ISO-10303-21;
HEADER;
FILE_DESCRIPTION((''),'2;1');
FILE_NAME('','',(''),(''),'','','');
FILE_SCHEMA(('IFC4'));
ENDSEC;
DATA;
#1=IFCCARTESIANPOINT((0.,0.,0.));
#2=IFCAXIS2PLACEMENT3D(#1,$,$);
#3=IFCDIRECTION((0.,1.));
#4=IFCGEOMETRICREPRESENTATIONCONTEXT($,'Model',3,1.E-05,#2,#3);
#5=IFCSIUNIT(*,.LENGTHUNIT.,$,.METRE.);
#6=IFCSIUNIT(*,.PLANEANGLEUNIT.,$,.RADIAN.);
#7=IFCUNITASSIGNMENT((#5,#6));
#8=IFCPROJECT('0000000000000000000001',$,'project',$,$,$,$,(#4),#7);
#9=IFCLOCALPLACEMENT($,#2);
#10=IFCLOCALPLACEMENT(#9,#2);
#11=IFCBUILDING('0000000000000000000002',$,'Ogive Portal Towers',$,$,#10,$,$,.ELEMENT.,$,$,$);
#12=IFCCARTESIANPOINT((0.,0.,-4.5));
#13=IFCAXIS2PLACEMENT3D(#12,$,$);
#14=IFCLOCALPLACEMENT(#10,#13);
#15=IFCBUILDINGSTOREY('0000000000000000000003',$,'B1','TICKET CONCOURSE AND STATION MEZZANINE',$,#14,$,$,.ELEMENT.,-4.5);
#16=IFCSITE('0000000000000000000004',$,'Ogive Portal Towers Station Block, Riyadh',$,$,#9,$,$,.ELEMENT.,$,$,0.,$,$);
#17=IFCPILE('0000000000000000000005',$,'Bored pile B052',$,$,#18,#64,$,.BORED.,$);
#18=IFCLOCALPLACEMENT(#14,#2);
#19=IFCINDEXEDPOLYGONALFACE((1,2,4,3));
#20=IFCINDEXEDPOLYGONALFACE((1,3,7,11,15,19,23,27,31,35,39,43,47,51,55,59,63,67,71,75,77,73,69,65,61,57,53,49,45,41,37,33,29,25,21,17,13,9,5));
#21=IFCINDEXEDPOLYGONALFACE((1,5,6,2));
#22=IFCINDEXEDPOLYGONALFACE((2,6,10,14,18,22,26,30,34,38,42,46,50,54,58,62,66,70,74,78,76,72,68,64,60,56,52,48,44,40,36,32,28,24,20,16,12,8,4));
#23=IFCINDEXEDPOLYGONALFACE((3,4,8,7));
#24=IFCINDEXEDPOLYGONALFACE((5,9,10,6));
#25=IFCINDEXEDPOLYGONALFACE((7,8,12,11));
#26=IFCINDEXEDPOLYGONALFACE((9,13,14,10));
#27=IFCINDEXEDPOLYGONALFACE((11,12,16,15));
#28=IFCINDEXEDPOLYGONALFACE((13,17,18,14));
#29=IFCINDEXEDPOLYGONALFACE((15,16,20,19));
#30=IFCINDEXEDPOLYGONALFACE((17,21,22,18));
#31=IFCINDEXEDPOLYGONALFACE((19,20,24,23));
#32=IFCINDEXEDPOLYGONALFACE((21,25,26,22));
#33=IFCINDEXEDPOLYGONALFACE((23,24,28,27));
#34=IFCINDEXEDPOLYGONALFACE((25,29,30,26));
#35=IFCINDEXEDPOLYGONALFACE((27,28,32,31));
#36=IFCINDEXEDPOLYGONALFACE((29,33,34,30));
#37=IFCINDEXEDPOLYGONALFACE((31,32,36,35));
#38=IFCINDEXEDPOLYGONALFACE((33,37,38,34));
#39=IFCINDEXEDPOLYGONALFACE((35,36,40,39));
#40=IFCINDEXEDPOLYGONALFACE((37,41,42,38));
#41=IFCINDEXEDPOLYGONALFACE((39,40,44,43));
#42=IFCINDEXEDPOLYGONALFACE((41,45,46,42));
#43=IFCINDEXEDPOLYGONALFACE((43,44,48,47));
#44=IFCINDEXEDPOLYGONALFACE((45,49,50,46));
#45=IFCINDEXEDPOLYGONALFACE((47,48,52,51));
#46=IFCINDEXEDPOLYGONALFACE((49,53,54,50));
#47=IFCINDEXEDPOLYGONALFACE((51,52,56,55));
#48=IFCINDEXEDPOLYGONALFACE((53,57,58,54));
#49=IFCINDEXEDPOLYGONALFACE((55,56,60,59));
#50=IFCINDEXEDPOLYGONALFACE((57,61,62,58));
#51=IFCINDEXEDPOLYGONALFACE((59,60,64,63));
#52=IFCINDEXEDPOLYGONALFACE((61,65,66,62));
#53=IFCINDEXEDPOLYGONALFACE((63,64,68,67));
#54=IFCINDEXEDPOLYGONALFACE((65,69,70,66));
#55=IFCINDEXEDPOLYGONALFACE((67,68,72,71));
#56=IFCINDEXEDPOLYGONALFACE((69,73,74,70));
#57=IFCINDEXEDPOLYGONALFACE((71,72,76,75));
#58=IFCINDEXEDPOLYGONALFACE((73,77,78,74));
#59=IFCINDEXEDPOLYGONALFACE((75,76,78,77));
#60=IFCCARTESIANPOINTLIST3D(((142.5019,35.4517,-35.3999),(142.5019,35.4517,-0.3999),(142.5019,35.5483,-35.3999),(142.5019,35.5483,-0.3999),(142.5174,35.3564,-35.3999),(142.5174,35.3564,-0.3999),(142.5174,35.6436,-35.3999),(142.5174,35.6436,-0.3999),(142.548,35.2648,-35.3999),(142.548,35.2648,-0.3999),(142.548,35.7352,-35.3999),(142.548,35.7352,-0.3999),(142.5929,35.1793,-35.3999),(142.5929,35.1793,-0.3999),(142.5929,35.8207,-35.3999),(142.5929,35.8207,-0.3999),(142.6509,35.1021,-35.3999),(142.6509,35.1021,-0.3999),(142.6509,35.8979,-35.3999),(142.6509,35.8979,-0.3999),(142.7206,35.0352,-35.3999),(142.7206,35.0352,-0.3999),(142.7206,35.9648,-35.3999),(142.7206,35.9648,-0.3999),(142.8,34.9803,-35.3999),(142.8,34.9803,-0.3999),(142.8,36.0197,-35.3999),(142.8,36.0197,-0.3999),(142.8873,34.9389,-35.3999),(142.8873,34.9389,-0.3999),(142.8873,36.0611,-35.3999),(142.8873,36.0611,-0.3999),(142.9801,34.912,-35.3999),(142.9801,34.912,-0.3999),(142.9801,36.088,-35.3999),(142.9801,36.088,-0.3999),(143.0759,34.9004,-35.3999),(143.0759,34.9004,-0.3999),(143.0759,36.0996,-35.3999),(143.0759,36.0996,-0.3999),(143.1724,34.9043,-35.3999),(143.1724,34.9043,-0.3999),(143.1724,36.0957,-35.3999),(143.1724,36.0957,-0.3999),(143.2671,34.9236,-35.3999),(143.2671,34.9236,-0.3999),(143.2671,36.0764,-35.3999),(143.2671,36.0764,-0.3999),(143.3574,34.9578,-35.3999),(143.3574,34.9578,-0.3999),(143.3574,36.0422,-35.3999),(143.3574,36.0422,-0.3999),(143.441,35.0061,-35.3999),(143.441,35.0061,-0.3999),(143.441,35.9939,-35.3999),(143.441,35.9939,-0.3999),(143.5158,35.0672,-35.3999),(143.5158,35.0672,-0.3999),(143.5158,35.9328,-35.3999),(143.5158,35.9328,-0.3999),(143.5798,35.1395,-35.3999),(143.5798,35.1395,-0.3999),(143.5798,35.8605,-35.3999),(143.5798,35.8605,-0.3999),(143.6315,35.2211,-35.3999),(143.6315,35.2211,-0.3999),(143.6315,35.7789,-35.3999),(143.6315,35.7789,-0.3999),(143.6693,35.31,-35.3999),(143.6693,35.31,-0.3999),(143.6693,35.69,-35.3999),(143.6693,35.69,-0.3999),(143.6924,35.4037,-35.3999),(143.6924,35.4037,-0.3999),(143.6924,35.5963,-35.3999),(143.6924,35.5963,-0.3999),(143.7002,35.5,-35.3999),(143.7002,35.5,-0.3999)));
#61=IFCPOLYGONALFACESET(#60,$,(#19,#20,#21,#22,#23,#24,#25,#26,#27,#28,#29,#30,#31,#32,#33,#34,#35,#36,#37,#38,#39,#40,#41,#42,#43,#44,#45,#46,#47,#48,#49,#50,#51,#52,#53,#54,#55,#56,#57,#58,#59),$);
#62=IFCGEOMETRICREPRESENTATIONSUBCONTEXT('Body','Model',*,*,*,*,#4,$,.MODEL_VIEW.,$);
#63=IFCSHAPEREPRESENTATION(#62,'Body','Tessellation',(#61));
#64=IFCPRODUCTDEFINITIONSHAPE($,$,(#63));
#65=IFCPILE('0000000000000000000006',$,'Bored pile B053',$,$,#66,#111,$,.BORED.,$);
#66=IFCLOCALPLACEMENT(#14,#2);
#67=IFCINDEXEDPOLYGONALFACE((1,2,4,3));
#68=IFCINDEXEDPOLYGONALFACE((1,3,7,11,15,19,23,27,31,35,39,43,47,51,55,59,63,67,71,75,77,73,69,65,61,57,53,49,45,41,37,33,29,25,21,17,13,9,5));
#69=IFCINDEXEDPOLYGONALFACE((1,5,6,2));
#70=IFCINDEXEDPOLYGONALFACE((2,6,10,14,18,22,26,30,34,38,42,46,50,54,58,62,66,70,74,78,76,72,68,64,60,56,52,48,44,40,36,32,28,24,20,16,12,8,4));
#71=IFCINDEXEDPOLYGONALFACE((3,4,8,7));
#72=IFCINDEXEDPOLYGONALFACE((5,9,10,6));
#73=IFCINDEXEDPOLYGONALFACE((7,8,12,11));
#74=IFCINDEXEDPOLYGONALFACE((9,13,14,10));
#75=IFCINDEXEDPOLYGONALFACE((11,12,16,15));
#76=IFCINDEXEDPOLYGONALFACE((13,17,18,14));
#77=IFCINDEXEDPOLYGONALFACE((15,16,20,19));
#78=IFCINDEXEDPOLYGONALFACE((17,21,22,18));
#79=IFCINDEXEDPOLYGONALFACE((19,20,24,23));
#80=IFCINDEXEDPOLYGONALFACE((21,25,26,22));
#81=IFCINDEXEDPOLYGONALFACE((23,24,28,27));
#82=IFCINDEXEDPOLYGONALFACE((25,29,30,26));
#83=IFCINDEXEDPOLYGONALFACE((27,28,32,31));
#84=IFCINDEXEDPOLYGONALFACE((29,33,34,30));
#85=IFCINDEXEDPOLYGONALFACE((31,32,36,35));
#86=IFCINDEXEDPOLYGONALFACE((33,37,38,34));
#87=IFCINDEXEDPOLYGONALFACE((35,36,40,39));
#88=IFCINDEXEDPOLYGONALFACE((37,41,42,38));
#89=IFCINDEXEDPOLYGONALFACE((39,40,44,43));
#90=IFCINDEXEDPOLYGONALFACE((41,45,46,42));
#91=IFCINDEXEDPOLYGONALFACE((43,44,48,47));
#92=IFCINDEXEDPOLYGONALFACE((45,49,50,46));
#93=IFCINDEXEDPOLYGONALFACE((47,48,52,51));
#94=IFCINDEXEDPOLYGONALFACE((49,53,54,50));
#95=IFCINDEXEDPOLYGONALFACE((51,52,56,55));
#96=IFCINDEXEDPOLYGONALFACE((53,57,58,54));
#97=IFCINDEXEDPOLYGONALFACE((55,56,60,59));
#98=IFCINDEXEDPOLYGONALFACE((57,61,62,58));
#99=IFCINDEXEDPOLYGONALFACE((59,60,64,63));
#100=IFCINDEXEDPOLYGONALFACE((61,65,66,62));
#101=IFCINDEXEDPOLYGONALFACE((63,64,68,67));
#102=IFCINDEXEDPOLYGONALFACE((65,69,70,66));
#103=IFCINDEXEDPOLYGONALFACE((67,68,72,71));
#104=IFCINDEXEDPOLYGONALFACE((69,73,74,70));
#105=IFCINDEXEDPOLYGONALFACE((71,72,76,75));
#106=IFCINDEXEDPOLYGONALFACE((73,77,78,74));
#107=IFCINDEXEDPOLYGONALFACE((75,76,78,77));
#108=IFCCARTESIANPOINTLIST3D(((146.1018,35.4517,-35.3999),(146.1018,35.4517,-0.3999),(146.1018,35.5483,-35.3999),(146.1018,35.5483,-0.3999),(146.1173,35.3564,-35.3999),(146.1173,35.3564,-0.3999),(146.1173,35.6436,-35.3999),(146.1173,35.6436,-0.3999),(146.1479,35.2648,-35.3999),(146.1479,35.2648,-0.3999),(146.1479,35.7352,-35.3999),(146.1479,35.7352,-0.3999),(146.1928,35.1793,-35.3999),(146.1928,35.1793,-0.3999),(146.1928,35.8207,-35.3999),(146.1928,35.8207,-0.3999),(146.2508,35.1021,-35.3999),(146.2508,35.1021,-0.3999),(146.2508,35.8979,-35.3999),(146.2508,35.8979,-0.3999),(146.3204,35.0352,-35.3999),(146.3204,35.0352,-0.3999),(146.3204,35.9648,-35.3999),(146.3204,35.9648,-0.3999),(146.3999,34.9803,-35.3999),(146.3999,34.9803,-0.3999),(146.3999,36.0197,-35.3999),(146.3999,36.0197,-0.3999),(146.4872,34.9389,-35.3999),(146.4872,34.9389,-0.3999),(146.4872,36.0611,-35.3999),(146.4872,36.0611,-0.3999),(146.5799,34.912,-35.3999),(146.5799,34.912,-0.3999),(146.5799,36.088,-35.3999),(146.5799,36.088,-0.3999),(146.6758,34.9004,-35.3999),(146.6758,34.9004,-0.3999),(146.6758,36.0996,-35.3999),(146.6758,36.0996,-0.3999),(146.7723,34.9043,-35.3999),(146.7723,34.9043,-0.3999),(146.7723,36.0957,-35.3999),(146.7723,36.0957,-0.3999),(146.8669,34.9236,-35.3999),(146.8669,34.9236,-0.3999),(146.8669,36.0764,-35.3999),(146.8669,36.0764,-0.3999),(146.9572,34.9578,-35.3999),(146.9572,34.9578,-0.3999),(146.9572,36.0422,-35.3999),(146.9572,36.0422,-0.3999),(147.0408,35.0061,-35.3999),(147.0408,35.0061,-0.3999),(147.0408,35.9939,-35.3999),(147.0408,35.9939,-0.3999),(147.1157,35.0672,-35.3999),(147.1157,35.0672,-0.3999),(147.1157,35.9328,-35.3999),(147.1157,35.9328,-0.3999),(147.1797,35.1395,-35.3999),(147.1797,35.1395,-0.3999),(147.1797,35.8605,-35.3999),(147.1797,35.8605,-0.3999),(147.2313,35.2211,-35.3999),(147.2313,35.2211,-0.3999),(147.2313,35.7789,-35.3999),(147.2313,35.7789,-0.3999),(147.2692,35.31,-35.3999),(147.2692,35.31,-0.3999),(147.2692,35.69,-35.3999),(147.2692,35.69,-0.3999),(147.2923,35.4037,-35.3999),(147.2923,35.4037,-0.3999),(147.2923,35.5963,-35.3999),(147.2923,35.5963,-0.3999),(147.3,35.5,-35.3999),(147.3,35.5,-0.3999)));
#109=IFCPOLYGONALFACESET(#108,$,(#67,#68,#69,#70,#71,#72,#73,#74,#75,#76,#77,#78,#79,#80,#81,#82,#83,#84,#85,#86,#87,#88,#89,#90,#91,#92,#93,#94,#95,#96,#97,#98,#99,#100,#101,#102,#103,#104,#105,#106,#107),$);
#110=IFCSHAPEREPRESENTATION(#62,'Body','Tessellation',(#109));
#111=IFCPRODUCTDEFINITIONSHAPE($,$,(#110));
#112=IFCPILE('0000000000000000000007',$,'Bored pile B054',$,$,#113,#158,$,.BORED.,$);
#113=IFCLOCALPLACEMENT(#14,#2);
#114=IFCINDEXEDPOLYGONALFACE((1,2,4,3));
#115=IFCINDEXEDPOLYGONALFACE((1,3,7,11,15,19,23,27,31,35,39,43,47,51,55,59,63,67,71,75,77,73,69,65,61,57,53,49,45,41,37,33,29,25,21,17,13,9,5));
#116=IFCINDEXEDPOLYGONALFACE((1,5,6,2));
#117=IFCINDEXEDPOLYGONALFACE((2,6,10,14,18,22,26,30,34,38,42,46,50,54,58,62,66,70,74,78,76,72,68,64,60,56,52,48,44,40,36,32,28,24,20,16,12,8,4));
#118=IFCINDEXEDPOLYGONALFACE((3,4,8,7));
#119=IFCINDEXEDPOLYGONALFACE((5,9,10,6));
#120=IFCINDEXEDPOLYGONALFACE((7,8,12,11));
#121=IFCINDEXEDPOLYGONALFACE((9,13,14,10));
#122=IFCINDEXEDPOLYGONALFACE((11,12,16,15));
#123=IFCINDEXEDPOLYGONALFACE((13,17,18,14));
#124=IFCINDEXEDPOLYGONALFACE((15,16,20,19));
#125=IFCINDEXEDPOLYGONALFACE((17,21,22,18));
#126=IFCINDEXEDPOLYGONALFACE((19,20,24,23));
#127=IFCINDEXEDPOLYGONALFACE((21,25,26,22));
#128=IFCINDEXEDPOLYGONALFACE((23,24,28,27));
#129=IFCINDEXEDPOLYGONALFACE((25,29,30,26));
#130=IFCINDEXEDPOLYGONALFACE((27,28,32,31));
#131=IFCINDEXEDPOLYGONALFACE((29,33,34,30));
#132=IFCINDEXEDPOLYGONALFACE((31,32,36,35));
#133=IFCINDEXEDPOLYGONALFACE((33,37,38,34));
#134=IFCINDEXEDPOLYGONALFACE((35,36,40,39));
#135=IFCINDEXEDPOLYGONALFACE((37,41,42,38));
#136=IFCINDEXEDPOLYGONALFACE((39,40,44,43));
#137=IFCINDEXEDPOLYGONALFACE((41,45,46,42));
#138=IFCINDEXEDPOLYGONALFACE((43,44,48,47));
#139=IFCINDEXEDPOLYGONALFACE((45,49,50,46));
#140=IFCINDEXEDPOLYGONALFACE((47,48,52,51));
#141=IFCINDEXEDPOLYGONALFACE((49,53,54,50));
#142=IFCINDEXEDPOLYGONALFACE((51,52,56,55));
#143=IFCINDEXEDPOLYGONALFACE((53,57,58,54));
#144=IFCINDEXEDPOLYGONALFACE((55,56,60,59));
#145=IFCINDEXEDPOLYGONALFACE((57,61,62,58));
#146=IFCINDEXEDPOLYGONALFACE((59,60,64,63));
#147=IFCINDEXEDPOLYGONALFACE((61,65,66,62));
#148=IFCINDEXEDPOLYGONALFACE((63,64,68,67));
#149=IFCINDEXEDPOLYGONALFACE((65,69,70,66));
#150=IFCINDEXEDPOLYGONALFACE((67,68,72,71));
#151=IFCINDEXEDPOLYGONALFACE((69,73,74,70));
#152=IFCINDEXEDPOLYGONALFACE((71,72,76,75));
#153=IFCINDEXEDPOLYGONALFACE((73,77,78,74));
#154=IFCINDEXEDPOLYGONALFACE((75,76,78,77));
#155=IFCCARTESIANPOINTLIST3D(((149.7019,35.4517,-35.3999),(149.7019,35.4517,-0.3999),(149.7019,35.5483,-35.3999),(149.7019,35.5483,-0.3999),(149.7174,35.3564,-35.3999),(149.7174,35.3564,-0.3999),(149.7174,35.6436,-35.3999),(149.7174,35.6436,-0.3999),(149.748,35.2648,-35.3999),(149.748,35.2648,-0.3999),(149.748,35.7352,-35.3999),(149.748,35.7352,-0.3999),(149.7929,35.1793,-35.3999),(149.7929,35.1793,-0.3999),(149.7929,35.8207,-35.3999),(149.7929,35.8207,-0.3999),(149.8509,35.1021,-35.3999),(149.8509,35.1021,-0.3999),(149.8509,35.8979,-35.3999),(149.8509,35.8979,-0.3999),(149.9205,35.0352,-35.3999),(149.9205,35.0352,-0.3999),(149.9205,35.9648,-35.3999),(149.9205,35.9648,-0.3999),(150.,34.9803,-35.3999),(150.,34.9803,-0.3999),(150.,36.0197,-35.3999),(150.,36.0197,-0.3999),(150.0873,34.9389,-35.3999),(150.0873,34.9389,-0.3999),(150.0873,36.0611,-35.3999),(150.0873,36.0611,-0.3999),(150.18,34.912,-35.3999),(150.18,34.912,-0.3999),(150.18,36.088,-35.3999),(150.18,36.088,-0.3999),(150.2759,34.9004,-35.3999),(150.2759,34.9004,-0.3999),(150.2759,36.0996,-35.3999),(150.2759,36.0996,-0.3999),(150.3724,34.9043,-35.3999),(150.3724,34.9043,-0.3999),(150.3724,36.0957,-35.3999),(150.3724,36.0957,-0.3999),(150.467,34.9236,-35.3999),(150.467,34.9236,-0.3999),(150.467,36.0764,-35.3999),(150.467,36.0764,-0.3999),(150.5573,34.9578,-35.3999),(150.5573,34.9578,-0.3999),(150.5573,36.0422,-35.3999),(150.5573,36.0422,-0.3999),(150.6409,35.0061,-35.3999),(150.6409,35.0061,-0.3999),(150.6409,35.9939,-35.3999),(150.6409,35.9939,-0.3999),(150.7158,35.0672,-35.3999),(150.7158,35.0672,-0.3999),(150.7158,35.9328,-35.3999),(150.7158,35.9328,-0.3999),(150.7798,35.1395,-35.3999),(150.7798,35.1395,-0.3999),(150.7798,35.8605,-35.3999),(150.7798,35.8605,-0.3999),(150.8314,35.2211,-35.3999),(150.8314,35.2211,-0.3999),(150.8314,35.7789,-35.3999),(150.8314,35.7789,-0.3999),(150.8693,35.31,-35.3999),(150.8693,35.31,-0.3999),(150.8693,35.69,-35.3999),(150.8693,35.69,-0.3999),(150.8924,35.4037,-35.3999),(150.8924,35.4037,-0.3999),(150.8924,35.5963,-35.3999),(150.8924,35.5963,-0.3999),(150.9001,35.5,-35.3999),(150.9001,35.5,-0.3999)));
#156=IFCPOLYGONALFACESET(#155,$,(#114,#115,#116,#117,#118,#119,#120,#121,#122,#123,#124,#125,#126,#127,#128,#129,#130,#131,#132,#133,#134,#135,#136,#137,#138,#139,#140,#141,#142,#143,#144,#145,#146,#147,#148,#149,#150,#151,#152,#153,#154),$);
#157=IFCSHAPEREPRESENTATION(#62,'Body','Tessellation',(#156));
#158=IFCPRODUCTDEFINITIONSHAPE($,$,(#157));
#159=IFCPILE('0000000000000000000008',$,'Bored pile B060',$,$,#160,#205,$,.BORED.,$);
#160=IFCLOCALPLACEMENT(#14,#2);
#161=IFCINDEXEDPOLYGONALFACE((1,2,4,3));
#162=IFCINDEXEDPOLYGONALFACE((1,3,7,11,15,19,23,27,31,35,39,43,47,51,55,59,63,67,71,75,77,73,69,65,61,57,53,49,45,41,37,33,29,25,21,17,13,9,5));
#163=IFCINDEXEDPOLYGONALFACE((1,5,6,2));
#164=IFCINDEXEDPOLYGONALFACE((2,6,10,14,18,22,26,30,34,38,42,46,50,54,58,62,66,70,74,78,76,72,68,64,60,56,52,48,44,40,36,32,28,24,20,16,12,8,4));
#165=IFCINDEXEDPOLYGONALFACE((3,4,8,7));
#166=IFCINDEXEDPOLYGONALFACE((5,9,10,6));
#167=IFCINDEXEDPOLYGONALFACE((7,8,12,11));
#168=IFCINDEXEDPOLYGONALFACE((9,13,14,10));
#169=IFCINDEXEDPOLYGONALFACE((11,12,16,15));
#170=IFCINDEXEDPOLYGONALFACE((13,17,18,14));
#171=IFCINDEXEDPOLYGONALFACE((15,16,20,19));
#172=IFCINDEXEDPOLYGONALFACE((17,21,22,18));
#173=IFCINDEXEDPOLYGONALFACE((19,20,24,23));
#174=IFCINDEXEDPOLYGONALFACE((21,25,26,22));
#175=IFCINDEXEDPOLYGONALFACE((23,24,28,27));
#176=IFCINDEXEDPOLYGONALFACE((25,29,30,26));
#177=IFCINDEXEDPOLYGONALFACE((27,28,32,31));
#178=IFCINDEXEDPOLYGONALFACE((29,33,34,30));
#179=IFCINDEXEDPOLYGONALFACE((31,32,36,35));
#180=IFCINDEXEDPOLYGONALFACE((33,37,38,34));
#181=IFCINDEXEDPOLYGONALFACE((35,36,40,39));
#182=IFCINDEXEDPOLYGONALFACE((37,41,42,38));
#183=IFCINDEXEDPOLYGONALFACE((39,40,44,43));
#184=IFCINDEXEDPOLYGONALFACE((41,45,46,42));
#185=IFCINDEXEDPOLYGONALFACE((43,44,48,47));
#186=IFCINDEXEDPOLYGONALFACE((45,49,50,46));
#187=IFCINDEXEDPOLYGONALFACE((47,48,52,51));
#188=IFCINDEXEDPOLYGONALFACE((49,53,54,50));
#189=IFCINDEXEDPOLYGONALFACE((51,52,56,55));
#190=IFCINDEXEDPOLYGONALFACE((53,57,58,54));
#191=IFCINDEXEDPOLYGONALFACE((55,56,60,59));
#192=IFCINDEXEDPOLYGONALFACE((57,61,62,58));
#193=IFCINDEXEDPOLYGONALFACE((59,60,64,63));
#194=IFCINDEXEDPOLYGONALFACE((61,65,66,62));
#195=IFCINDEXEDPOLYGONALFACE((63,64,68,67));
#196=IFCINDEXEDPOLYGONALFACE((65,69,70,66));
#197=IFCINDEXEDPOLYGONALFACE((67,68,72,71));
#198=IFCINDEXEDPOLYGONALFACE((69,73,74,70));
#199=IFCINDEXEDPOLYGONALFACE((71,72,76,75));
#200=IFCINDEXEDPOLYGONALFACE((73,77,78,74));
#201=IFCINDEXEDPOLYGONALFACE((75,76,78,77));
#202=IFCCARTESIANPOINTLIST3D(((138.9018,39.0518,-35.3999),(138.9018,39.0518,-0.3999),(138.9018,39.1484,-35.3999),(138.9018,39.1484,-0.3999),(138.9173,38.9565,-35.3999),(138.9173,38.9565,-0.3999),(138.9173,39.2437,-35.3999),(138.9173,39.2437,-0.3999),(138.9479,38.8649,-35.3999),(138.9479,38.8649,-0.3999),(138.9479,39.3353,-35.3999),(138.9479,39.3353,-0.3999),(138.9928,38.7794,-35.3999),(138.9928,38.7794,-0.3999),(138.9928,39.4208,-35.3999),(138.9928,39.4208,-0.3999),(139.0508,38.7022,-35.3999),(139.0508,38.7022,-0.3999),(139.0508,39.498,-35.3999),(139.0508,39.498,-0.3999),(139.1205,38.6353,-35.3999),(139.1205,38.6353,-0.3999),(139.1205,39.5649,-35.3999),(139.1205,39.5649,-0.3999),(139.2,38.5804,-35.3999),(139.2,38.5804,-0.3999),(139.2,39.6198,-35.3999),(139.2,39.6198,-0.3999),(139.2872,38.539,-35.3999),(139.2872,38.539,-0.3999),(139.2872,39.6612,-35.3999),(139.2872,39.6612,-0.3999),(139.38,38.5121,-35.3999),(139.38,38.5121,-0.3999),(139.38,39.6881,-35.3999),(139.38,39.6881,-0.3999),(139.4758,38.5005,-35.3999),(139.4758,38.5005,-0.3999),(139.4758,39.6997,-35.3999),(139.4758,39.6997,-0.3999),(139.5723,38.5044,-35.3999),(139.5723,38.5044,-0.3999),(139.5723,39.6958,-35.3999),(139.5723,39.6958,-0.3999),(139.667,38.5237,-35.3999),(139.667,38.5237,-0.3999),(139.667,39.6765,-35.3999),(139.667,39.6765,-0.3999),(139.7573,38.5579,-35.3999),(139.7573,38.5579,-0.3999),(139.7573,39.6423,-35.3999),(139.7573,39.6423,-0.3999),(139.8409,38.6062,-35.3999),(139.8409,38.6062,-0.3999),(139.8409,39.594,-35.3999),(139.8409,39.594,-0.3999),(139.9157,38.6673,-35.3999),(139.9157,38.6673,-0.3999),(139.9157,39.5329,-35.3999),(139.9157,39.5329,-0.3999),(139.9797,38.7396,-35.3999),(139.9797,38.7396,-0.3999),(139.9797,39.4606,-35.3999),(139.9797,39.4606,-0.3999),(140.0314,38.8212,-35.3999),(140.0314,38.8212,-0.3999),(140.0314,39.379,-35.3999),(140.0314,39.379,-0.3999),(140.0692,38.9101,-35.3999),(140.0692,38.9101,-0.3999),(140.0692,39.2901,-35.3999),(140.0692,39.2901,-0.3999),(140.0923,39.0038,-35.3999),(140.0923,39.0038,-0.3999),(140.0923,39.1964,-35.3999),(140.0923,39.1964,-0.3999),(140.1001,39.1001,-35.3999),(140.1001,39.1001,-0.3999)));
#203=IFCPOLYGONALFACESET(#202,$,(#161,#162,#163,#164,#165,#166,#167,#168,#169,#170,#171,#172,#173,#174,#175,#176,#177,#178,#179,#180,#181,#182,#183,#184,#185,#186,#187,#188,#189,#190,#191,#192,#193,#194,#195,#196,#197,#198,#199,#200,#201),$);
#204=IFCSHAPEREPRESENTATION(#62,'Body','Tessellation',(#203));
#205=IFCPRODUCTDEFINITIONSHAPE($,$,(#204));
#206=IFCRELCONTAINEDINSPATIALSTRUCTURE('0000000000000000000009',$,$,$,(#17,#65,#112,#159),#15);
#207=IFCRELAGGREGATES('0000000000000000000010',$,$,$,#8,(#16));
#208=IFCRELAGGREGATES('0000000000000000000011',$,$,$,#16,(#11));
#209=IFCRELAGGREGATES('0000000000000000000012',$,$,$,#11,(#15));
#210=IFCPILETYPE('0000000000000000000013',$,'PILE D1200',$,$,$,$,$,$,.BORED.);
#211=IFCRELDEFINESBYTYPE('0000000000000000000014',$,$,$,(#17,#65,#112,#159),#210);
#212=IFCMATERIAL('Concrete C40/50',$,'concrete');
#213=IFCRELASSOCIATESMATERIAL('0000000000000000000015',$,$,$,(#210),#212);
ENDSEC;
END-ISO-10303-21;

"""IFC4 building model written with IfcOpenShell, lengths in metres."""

from ifc_helpers import new_model, si_unit, direction, frame, origin, origin_2d, place, context, subcontext, project, spatial, circle, extrude, material, material_profile, profile_set, type_object, element, save


model = new_model("IFC4")

# Units and contexts
model_context = context("Model", 3, precision=1e-05, world=origin(), true_north=direction((0.0, 1.0)))
body_context = subcontext(model_context, "Body", "Model", "MODEL_VIEW")
ifc_project = project(units=[si_unit("LENGTHUNIT", "METRE"), si_unit("PLANEANGLEUNIT", "RADIAN")], contexts=[model_context])

# Site, building, storey
site_placement = place(None, origin())
site = spatial("IfcSite", under=ifc_project, at=site_placement, Name="Ogive Portal Towers Station Block, Riyadh", CompositionType="ELEMENT", RefElevation=0.0)
building_placement = place(site_placement, origin())
building = spatial("IfcBuilding", under=site, at=building_placement, Name="Ogive Portal Towers", CompositionType="ELEMENT")
storey_placement = place(building_placement, frame((0.0, 0.0, -4.5)))
storey = spatial("IfcBuildingStorey", under=building, at=storey_placement, Name="B1", Description="TICKET CONCOURSE AND STATION MEZZANINE", CompositionType="ELEMENT", Elevation=-4.5)

# Piles
ifc_material_1 = material(Name="Concrete C40/50", Category="concrete")
ifc_material_profile_1 = material_profile(ifc_material_1, circle(Radius=0.6001, at=origin_2d()), Name="PILE D1200")
ifc_profile_set_1 = profile_set([ifc_material_profile_1], Name="Concrete C40/50")
pile_type = type_object("IfcPileType", Name="PILE D1200", PredefinedType="BORED", material=ifc_profile_set_1)
for number, where, z_axis, x_axis, name in (
    (1, (143.1001, 35.5, -0.3999), (0.0, 0.0, -1.0), (1.0, 0.0, 0.0), "Bored pile B052"),
    (2, (146.7, 35.5, -0.3999), (0.0, 0.0, -1.0), (1.0, 0.0, 0.0), "Bored pile B053"),
    (3, (150.3, 35.5, -0.3999), (0.0, 0.0, -1.0), (1.0, 0.0, 0.0), "Bored pile B054"),
    (4, (139.5, 39.1001, -0.3999), (0.0, 0.0, -1.0), (1.0, 0.0, 0.0), "Bored pile B060"),
):
    element("IfcPile", number, at=place(storey_placement, frame(where, z_axis=z_axis, x_axis=x_axis)), inside=storey, type_object=pile_type, Name=name, PredefinedType="BORED", context=body_context, shape_type="SweptSolid", body=[
        extrude(circle(Radius=0.6001, at=origin_2d()), origin(), (0.0, 0.0, 1.0), 35.0),
    ])

save(model, "model.ifc")
